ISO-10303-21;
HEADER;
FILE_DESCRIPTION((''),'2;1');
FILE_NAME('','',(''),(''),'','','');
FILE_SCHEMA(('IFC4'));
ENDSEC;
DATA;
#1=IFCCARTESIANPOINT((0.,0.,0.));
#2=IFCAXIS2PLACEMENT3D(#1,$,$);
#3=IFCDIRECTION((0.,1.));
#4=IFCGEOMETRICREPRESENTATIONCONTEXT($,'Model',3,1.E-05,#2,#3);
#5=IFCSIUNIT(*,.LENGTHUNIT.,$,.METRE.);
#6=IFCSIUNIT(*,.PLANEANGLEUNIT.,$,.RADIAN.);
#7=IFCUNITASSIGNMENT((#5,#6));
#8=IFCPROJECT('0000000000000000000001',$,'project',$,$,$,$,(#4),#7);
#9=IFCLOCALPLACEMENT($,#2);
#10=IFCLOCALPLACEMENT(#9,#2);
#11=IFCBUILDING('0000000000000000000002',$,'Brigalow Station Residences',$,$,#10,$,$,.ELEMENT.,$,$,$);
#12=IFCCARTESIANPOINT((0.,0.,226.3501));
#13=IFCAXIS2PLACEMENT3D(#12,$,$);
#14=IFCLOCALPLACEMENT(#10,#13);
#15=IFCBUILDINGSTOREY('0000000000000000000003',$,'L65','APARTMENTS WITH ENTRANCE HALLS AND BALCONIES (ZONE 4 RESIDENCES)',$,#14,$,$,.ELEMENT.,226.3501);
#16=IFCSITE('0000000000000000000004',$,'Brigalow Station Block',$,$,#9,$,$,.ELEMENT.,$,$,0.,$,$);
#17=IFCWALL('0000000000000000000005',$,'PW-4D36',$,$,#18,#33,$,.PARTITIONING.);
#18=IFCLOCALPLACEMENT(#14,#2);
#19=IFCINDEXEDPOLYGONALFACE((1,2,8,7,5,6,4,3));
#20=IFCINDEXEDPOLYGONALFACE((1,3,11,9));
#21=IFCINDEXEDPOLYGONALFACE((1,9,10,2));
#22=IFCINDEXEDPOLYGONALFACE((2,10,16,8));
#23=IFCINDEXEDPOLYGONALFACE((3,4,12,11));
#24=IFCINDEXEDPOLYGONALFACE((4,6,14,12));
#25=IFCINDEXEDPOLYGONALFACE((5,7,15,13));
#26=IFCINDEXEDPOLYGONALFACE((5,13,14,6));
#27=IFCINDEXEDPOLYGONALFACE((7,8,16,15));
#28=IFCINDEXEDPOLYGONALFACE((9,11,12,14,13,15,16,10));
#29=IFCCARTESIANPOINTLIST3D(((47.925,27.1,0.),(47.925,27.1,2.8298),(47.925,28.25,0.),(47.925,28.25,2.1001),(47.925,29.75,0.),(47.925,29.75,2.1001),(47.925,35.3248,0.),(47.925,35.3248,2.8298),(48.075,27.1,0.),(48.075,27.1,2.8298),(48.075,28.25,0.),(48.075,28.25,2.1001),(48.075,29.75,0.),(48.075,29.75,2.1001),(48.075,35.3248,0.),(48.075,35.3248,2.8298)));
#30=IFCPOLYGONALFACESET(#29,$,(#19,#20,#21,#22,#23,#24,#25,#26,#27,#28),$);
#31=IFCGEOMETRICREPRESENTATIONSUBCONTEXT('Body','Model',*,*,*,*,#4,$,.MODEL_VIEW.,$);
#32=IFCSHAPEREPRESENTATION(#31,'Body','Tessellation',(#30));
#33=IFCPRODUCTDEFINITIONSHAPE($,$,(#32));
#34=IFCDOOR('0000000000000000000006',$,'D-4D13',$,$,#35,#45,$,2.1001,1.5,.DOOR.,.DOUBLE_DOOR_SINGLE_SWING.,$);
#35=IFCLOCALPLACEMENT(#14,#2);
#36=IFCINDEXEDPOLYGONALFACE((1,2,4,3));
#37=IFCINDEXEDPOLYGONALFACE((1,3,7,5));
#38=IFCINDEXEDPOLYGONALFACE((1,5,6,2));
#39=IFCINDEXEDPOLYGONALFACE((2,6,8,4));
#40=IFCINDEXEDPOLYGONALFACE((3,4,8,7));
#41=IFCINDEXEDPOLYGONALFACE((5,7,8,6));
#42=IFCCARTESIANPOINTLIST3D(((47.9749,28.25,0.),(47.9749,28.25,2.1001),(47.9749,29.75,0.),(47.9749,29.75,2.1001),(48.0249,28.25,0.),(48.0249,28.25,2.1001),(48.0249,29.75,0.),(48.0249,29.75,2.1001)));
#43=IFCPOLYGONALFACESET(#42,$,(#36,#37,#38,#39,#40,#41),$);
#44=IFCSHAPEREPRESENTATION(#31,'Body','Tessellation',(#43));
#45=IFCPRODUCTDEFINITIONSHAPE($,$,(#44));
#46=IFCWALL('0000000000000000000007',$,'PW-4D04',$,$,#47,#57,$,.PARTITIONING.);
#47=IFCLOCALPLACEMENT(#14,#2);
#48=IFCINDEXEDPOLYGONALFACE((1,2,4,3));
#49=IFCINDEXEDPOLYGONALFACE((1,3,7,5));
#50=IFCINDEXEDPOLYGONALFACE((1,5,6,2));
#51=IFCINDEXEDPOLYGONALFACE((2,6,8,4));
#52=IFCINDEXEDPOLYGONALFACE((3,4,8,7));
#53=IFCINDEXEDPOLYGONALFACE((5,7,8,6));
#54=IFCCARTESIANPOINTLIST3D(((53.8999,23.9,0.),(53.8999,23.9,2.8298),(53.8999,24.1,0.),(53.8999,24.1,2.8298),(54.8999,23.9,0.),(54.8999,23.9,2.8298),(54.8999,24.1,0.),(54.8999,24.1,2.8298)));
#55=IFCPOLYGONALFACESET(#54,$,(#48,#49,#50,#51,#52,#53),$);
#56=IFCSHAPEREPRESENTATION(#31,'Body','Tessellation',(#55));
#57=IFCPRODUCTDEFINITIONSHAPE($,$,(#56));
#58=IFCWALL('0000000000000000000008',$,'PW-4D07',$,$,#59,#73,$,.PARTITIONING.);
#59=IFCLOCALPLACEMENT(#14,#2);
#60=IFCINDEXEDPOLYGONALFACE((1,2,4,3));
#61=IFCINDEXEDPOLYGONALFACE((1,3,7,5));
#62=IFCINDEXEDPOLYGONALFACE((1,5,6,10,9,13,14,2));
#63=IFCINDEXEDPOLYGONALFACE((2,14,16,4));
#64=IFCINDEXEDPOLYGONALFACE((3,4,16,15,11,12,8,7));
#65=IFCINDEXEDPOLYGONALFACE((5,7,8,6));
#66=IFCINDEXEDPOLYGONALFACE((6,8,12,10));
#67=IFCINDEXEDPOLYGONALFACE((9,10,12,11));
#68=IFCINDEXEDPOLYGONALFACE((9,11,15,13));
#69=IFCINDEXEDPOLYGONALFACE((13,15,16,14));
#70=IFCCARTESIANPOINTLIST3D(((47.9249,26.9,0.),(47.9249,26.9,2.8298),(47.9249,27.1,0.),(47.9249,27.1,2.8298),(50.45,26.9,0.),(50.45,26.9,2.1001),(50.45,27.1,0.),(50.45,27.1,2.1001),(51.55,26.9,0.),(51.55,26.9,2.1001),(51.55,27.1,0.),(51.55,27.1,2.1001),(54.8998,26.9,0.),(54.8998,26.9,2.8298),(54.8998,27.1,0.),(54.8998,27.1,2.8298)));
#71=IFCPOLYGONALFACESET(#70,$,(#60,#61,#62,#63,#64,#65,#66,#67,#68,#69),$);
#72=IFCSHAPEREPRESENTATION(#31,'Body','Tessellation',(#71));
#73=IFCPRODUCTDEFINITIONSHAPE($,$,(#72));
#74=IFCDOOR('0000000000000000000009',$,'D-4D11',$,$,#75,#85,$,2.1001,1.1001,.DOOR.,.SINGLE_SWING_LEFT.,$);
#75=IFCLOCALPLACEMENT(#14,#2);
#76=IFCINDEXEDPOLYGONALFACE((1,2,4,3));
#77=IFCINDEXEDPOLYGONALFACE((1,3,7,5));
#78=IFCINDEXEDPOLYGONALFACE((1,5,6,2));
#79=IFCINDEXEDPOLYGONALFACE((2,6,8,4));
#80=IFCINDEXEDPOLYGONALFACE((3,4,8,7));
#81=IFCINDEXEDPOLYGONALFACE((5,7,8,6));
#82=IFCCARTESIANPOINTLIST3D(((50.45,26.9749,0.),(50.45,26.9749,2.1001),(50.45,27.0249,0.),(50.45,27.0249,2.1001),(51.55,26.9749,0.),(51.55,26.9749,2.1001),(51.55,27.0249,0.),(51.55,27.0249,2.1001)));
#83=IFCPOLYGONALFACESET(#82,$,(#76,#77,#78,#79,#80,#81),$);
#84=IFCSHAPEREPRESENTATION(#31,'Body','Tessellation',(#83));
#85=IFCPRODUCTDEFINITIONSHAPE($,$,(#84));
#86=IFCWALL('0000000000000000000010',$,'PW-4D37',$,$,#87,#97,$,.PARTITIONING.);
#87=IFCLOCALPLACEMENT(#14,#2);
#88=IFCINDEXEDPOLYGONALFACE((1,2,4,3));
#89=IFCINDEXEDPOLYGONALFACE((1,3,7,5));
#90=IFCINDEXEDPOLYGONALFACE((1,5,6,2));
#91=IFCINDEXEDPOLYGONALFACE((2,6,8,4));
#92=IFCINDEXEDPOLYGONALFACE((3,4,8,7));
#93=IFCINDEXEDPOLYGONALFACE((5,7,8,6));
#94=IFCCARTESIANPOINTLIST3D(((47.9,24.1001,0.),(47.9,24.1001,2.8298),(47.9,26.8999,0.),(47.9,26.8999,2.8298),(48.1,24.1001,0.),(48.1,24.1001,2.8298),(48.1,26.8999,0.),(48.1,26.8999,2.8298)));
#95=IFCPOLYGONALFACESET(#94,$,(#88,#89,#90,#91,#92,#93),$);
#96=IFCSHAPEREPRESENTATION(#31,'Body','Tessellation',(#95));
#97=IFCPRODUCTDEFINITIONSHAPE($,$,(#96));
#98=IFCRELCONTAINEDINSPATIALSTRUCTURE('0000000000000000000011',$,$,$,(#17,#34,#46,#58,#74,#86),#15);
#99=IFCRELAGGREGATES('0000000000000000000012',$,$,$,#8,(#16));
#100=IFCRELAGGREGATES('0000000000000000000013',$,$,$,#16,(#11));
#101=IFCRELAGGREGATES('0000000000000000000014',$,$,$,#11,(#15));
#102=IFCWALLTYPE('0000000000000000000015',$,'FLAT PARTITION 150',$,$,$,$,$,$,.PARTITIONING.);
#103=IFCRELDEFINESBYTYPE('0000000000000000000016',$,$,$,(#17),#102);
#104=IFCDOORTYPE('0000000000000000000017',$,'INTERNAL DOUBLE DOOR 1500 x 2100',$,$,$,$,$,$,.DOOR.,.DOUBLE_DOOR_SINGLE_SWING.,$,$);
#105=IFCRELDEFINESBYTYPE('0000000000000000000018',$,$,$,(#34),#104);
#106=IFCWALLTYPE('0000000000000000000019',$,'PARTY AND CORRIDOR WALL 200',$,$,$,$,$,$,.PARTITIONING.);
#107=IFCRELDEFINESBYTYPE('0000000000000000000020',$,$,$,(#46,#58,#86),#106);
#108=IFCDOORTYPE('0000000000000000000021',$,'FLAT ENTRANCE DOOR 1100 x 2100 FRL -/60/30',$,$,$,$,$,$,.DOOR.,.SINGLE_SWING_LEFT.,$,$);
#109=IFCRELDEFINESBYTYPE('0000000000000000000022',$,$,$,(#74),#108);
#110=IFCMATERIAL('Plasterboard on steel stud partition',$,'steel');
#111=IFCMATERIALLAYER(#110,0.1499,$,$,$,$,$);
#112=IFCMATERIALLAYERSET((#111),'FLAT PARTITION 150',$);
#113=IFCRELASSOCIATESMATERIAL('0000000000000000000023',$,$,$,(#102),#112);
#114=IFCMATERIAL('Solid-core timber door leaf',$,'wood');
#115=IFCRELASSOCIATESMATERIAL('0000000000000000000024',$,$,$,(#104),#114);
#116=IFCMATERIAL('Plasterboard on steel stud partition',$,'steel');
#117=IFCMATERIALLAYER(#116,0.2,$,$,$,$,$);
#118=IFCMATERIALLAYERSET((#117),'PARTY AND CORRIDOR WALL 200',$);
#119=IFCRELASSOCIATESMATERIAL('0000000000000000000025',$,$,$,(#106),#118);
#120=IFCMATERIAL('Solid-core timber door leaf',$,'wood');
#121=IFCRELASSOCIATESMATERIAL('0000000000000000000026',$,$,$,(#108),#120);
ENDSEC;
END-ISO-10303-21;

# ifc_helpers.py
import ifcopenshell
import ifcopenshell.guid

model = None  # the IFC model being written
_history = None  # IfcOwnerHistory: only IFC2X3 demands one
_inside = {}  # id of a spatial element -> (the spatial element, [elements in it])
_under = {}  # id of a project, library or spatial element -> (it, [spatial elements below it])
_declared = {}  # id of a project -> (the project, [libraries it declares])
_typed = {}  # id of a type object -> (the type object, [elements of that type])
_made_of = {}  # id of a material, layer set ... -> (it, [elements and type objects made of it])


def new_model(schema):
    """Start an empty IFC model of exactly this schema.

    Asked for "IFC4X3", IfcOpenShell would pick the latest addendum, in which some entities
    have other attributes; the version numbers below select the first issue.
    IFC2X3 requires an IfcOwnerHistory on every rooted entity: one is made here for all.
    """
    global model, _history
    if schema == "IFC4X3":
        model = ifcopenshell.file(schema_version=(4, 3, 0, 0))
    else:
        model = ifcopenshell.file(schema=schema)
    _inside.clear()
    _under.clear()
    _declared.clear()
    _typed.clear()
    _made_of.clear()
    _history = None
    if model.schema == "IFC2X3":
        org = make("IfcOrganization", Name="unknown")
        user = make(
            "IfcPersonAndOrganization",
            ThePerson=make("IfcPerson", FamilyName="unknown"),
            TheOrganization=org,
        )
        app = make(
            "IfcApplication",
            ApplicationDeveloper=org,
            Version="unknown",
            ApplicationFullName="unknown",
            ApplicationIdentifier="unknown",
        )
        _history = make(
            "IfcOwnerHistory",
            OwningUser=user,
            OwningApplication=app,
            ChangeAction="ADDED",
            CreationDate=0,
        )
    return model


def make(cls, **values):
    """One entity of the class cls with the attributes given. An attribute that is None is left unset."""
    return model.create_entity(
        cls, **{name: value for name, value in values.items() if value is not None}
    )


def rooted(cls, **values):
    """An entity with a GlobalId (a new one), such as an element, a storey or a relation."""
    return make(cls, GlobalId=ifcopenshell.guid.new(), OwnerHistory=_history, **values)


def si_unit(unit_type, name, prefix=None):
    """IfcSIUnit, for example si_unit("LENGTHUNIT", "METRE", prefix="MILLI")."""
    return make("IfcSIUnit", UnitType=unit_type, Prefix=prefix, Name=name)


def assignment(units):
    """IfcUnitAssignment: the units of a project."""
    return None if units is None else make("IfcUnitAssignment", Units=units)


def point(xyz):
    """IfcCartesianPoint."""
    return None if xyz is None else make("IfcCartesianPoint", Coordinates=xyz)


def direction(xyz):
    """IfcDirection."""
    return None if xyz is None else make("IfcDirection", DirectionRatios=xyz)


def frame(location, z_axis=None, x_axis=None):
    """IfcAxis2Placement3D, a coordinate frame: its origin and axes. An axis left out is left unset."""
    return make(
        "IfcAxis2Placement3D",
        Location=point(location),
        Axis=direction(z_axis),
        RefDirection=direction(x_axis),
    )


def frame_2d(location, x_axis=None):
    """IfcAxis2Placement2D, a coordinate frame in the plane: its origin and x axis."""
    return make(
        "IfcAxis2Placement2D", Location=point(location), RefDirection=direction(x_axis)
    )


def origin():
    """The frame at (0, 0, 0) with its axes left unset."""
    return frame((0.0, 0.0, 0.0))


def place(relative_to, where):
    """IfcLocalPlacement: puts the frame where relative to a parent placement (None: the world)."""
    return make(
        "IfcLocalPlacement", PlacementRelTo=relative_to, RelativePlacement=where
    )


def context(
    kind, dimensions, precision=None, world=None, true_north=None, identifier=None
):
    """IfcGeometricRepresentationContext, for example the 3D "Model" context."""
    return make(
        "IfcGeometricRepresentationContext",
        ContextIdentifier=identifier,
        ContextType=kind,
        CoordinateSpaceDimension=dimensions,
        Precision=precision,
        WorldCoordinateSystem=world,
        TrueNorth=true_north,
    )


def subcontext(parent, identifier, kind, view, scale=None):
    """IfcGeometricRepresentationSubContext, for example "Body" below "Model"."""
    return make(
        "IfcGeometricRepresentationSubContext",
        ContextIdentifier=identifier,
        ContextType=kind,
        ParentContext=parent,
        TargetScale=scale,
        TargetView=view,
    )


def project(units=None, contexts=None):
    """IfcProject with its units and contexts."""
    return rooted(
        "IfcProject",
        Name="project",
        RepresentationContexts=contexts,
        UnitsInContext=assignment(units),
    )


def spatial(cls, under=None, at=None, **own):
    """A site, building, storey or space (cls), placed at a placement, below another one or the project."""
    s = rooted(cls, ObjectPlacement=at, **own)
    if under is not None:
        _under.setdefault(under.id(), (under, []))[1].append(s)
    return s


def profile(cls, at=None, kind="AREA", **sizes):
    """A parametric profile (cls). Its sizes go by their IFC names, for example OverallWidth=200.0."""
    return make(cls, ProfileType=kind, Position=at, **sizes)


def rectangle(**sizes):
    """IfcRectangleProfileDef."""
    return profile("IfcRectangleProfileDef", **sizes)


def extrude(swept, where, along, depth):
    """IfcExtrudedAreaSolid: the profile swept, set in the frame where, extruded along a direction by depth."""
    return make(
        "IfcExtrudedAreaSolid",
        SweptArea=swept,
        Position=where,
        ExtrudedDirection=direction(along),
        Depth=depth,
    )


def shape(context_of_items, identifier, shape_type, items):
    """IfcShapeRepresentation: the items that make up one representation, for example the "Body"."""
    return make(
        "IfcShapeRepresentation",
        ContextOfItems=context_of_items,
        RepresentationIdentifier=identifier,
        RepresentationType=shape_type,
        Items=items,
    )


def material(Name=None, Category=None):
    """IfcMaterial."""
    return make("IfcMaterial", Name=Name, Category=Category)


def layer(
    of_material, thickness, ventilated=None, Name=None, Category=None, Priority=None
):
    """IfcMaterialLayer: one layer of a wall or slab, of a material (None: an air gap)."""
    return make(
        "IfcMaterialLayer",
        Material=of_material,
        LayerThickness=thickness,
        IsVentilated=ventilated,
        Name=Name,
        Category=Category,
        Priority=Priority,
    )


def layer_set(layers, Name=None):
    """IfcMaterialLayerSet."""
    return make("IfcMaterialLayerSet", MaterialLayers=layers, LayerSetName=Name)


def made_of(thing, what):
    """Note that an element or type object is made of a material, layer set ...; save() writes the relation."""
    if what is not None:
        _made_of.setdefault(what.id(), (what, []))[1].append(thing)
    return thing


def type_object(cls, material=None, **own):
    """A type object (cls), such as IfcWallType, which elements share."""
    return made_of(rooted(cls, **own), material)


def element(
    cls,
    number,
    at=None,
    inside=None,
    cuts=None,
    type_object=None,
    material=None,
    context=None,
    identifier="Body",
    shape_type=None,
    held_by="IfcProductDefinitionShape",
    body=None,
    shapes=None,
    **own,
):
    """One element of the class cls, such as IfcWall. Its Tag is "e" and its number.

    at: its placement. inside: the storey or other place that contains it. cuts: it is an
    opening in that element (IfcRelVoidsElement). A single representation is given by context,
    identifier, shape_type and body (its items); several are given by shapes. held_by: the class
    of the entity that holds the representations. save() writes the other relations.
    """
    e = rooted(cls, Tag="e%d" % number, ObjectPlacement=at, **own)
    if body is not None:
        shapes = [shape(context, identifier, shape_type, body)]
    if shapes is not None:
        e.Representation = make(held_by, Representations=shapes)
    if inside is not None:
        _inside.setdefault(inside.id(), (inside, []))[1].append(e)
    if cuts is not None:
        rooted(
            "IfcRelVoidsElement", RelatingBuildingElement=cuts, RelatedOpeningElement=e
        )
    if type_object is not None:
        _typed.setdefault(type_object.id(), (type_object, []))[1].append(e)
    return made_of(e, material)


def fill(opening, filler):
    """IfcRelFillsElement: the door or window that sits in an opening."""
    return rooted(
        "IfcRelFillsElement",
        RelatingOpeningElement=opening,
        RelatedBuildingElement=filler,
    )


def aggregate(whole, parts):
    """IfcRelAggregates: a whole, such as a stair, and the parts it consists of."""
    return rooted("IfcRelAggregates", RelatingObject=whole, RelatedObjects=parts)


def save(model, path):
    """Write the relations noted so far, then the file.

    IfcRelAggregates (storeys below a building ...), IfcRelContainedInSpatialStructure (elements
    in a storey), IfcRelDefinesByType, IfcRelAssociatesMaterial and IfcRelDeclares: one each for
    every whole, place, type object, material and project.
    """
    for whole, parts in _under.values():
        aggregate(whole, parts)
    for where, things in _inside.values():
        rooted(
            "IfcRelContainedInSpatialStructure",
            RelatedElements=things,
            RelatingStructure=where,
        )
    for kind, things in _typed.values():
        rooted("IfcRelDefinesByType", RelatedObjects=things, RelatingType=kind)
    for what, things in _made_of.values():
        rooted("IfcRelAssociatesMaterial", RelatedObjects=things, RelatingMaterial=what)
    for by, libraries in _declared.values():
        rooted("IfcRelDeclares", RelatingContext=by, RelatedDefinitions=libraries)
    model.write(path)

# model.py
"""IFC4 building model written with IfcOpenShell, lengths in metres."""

from ifc_helpers import new_model, si_unit, direction, frame, frame_2d, origin, place, context, subcontext, project, spatial, rectangle, extrude, material, layer, layer_set, type_object, element, fill, save


model = new_model("IFC4")

# Units and contexts
model_context = context("Model", 3, precision=1e-05, world=origin(), true_north=direction((0.0, 1.0)))
body_context = subcontext(model_context, "Body", "Model", "MODEL_VIEW")
ifc_project = project(units=[si_unit("LENGTHUNIT", "METRE"), si_unit("PLANEANGLEUNIT", "RADIAN")], contexts=[model_context])

# Site, building, storey
site_placement = place(None, origin())
site = spatial("IfcSite", under=ifc_project, at=site_placement, Name="Brigalow Station Block", CompositionType="ELEMENT", RefElevation=0.0)
building_placement = place(site_placement, origin())
building = spatial("IfcBuilding", under=site, at=building_placement, Name="Brigalow Station Residences", CompositionType="ELEMENT")
storey_placement = place(building_placement, frame((0.0, 0.0, 226.3501)))
storey = spatial("IfcBuildingStorey", under=building, at=storey_placement, Name="L65", Description="APARTMENTS WITH ENTRANCE HALLS AND BALCONIES (ZONE 4 RESIDENCES)", CompositionType="ELEMENT", Elevation=226.3501)

# Wall, opening, door
ifc_material_1 = material(Name="Plasterboard on steel stud partition", Category="steel")
ifc_layer_1 = layer(ifc_material_1, 0.1499)
ifc_layer_set_1 = layer_set([ifc_layer_1], Name="FLAT PARTITION 150")
wall_type_1 = type_object("IfcWallType", Name="FLAT PARTITION 150", PredefinedType="PARTITIONING", material=ifc_layer_set_1)
ifc_material_2 = material(Name="Solid-core timber door leaf", Category="wood")
door_type_1 = type_object("IfcDoorType", Name="INTERNAL DOUBLE DOOR 1500 x 2100", OperationType="DOUBLE_DOOR_SINGLE_SWING", PredefinedType="DOOR", material=ifc_material_2)
wall_1_placement = place(storey_placement, frame((48.0, 27.1001, 0.0), z_axis=(0.0, 0.0, 1.0), x_axis=(0.0, 1.0, 0.0)))
wall_1 = element("IfcWall", 1, at=wall_1_placement, inside=storey, type_object=wall_type_1, Name="PW-4D36", PredefinedType="PARTITIONING", context=body_context, shape_type="SweptSolid", body=[
    extrude(rectangle(XDim=8.2249, YDim=0.1499, at=frame_2d((4.1123, 0.0))), origin(), (0.0, 0.0, 1.0), 2.8298),
])
opening_1_placement = place(wall_1_placement, frame((1.1499, 0.0, 0.0)))
opening_1 = element("IfcOpeningElement", 2, at=opening_1_placement, cuts=wall_1, PredefinedType="OPENING", context=body_context, shape_type="SweptSolid", body=[
    extrude(rectangle(XDim=1.5, YDim=2.1001, at=frame_2d((0.75, 1.05))), frame((0.0, 0.085, 0.0), z_axis=(0.0, -1.0, 0.0), x_axis=(1.0, 0.0, 0.0)), (0.0, 0.0, 1.0), 0.1699),
])
door_1_placement = place(opening_1_placement, frame((1.5, 0.0, 0.0), z_axis=(0.0, 0.0, 1.0), x_axis=(-1.0, 0.0, 0.0)))
door_1 = element("IfcDoor", 3, at=door_1_placement, inside=storey, type_object=door_type_1, Name="D-4D13", OperationType="DOUBLE_DOOR_SINGLE_SWING", OverallHeight=2.1001, OverallWidth=1.5, PredefinedType="DOOR", context=body_context, shape_type="SweptSolid", body=[
    extrude(rectangle(XDim=1.5, YDim=2.1001, at=frame_2d((0.75, 1.05))), frame((0.0, 0.0249, 0.0), z_axis=(0.0, -1.0, 0.0), x_axis=(1.0, 0.0, 0.0)), (0.0, 0.0, 1.0), 0.05),
])
fill(opening_1, door_1)

# Wall
ifc_material_3 = material(Name="Plasterboard on steel stud partition", Category="steel")
ifc_layer_2 = layer(ifc_material_3, 0.2)
ifc_layer_set_2 = layer_set([ifc_layer_2], Name="PARTY AND CORRIDOR WALL 200")
wall_type_2 = type_object("IfcWallType", Name="PARTY AND CORRIDOR WALL 200", PredefinedType="PARTITIONING", material=ifc_layer_set_2)
wall_2_placement = place(storey_placement, frame((53.8999, 24.0, 0.0), z_axis=(0.0, 0.0, 1.0), x_axis=(1.0, 0.0, 0.0)))
element("IfcWall", 4, at=wall_2_placement, inside=storey, type_object=wall_type_2, Name="PW-4D04", PredefinedType="PARTITIONING", context=body_context, shape_type="SweptSolid", body=[
    extrude(rectangle(XDim=1.0, YDim=0.2, at=frame_2d((0.5, 0.0))), origin(), (0.0, 0.0, 1.0), 2.8298),
])

# Wall, opening, door
wall_3_placement = place(storey_placement, frame((47.925, 27.0, 0.0), z_axis=(0.0, 0.0, 1.0), x_axis=(1.0, 0.0, 0.0)))
wall_3 = element("IfcWall", 5, at=wall_3_placement, inside=storey, type_object=wall_type_2, Name="PW-4D07", PredefinedType="PARTITIONING", context=body_context, shape_type="SweptSolid", body=[
    extrude(rectangle(XDim=6.9749, YDim=0.2, at=frame_2d((3.4873, 0.0))), origin(), (0.0, 0.0, 1.0), 2.8298),
])
opening_2_placement = place(wall_3_placement, frame((2.5249, 0.0, 0.0)))
opening_2 = element("IfcOpeningElement", 6, at=opening_2_placement, cuts=wall_3, PredefinedType="OPENING", context=body_context, shape_type="SweptSolid", body=[
    extrude(rectangle(XDim=1.1001, YDim=2.1001, at=frame_2d((0.55, 1.05))), frame((0.0, 0.1099, 0.0), z_axis=(0.0, -1.0, 0.0), x_axis=(1.0, 0.0, 0.0)), (0.0, 0.0, 1.0), 0.22),
])
ifc_material_4 = material(Name="Solid-core timber door leaf", Category="wood")
door_type_2 = type_object("IfcDoorType", Name="FLAT ENTRANCE DOOR 1100 x 2100 FRL -/60/30", OperationType="SINGLE_SWING_LEFT", PredefinedType="DOOR", material=ifc_material_4)
door_2_placement = place(opening_2_placement, origin())
door_2 = element("IfcDoor", 7, at=door_2_placement, inside=storey, type_object=door_type_2, Name="D-4D11", OperationType="SINGLE_SWING_LEFT", OverallHeight=2.1001, OverallWidth=1.1001, PredefinedType="DOOR", context=body_context, shape_type="SweptSolid", body=[
    extrude(rectangle(XDim=1.1001, YDim=2.1001, at=frame_2d((0.55, 1.05))), frame((0.0, 0.0249, 0.0), z_axis=(0.0, -1.0, 0.0), x_axis=(1.0, 0.0, 0.0)), (0.0, 0.0, 1.0), 0.05),
])
fill(opening_2, door_2)

# Wall
wall_4_placement = place(storey_placement, frame((48.0, 24.1001, 0.0), z_axis=(0.0, 0.0, 1.0), x_axis=(0.0, 1.0, 0.0)))
element("IfcWall", 8, at=wall_4_placement, inside=storey, type_object=wall_type_2, Name="PW-4D37", PredefinedType="PARTITIONING", context=body_context, shape_type="SweptSolid", body=[
    extrude(rectangle(XDim=2.7998, YDim=0.2, at=frame_2d((1.3999, 0.0))), origin(), (0.0, 0.0, 1.0), 2.8298),
])

save(model, "model.ifc")
